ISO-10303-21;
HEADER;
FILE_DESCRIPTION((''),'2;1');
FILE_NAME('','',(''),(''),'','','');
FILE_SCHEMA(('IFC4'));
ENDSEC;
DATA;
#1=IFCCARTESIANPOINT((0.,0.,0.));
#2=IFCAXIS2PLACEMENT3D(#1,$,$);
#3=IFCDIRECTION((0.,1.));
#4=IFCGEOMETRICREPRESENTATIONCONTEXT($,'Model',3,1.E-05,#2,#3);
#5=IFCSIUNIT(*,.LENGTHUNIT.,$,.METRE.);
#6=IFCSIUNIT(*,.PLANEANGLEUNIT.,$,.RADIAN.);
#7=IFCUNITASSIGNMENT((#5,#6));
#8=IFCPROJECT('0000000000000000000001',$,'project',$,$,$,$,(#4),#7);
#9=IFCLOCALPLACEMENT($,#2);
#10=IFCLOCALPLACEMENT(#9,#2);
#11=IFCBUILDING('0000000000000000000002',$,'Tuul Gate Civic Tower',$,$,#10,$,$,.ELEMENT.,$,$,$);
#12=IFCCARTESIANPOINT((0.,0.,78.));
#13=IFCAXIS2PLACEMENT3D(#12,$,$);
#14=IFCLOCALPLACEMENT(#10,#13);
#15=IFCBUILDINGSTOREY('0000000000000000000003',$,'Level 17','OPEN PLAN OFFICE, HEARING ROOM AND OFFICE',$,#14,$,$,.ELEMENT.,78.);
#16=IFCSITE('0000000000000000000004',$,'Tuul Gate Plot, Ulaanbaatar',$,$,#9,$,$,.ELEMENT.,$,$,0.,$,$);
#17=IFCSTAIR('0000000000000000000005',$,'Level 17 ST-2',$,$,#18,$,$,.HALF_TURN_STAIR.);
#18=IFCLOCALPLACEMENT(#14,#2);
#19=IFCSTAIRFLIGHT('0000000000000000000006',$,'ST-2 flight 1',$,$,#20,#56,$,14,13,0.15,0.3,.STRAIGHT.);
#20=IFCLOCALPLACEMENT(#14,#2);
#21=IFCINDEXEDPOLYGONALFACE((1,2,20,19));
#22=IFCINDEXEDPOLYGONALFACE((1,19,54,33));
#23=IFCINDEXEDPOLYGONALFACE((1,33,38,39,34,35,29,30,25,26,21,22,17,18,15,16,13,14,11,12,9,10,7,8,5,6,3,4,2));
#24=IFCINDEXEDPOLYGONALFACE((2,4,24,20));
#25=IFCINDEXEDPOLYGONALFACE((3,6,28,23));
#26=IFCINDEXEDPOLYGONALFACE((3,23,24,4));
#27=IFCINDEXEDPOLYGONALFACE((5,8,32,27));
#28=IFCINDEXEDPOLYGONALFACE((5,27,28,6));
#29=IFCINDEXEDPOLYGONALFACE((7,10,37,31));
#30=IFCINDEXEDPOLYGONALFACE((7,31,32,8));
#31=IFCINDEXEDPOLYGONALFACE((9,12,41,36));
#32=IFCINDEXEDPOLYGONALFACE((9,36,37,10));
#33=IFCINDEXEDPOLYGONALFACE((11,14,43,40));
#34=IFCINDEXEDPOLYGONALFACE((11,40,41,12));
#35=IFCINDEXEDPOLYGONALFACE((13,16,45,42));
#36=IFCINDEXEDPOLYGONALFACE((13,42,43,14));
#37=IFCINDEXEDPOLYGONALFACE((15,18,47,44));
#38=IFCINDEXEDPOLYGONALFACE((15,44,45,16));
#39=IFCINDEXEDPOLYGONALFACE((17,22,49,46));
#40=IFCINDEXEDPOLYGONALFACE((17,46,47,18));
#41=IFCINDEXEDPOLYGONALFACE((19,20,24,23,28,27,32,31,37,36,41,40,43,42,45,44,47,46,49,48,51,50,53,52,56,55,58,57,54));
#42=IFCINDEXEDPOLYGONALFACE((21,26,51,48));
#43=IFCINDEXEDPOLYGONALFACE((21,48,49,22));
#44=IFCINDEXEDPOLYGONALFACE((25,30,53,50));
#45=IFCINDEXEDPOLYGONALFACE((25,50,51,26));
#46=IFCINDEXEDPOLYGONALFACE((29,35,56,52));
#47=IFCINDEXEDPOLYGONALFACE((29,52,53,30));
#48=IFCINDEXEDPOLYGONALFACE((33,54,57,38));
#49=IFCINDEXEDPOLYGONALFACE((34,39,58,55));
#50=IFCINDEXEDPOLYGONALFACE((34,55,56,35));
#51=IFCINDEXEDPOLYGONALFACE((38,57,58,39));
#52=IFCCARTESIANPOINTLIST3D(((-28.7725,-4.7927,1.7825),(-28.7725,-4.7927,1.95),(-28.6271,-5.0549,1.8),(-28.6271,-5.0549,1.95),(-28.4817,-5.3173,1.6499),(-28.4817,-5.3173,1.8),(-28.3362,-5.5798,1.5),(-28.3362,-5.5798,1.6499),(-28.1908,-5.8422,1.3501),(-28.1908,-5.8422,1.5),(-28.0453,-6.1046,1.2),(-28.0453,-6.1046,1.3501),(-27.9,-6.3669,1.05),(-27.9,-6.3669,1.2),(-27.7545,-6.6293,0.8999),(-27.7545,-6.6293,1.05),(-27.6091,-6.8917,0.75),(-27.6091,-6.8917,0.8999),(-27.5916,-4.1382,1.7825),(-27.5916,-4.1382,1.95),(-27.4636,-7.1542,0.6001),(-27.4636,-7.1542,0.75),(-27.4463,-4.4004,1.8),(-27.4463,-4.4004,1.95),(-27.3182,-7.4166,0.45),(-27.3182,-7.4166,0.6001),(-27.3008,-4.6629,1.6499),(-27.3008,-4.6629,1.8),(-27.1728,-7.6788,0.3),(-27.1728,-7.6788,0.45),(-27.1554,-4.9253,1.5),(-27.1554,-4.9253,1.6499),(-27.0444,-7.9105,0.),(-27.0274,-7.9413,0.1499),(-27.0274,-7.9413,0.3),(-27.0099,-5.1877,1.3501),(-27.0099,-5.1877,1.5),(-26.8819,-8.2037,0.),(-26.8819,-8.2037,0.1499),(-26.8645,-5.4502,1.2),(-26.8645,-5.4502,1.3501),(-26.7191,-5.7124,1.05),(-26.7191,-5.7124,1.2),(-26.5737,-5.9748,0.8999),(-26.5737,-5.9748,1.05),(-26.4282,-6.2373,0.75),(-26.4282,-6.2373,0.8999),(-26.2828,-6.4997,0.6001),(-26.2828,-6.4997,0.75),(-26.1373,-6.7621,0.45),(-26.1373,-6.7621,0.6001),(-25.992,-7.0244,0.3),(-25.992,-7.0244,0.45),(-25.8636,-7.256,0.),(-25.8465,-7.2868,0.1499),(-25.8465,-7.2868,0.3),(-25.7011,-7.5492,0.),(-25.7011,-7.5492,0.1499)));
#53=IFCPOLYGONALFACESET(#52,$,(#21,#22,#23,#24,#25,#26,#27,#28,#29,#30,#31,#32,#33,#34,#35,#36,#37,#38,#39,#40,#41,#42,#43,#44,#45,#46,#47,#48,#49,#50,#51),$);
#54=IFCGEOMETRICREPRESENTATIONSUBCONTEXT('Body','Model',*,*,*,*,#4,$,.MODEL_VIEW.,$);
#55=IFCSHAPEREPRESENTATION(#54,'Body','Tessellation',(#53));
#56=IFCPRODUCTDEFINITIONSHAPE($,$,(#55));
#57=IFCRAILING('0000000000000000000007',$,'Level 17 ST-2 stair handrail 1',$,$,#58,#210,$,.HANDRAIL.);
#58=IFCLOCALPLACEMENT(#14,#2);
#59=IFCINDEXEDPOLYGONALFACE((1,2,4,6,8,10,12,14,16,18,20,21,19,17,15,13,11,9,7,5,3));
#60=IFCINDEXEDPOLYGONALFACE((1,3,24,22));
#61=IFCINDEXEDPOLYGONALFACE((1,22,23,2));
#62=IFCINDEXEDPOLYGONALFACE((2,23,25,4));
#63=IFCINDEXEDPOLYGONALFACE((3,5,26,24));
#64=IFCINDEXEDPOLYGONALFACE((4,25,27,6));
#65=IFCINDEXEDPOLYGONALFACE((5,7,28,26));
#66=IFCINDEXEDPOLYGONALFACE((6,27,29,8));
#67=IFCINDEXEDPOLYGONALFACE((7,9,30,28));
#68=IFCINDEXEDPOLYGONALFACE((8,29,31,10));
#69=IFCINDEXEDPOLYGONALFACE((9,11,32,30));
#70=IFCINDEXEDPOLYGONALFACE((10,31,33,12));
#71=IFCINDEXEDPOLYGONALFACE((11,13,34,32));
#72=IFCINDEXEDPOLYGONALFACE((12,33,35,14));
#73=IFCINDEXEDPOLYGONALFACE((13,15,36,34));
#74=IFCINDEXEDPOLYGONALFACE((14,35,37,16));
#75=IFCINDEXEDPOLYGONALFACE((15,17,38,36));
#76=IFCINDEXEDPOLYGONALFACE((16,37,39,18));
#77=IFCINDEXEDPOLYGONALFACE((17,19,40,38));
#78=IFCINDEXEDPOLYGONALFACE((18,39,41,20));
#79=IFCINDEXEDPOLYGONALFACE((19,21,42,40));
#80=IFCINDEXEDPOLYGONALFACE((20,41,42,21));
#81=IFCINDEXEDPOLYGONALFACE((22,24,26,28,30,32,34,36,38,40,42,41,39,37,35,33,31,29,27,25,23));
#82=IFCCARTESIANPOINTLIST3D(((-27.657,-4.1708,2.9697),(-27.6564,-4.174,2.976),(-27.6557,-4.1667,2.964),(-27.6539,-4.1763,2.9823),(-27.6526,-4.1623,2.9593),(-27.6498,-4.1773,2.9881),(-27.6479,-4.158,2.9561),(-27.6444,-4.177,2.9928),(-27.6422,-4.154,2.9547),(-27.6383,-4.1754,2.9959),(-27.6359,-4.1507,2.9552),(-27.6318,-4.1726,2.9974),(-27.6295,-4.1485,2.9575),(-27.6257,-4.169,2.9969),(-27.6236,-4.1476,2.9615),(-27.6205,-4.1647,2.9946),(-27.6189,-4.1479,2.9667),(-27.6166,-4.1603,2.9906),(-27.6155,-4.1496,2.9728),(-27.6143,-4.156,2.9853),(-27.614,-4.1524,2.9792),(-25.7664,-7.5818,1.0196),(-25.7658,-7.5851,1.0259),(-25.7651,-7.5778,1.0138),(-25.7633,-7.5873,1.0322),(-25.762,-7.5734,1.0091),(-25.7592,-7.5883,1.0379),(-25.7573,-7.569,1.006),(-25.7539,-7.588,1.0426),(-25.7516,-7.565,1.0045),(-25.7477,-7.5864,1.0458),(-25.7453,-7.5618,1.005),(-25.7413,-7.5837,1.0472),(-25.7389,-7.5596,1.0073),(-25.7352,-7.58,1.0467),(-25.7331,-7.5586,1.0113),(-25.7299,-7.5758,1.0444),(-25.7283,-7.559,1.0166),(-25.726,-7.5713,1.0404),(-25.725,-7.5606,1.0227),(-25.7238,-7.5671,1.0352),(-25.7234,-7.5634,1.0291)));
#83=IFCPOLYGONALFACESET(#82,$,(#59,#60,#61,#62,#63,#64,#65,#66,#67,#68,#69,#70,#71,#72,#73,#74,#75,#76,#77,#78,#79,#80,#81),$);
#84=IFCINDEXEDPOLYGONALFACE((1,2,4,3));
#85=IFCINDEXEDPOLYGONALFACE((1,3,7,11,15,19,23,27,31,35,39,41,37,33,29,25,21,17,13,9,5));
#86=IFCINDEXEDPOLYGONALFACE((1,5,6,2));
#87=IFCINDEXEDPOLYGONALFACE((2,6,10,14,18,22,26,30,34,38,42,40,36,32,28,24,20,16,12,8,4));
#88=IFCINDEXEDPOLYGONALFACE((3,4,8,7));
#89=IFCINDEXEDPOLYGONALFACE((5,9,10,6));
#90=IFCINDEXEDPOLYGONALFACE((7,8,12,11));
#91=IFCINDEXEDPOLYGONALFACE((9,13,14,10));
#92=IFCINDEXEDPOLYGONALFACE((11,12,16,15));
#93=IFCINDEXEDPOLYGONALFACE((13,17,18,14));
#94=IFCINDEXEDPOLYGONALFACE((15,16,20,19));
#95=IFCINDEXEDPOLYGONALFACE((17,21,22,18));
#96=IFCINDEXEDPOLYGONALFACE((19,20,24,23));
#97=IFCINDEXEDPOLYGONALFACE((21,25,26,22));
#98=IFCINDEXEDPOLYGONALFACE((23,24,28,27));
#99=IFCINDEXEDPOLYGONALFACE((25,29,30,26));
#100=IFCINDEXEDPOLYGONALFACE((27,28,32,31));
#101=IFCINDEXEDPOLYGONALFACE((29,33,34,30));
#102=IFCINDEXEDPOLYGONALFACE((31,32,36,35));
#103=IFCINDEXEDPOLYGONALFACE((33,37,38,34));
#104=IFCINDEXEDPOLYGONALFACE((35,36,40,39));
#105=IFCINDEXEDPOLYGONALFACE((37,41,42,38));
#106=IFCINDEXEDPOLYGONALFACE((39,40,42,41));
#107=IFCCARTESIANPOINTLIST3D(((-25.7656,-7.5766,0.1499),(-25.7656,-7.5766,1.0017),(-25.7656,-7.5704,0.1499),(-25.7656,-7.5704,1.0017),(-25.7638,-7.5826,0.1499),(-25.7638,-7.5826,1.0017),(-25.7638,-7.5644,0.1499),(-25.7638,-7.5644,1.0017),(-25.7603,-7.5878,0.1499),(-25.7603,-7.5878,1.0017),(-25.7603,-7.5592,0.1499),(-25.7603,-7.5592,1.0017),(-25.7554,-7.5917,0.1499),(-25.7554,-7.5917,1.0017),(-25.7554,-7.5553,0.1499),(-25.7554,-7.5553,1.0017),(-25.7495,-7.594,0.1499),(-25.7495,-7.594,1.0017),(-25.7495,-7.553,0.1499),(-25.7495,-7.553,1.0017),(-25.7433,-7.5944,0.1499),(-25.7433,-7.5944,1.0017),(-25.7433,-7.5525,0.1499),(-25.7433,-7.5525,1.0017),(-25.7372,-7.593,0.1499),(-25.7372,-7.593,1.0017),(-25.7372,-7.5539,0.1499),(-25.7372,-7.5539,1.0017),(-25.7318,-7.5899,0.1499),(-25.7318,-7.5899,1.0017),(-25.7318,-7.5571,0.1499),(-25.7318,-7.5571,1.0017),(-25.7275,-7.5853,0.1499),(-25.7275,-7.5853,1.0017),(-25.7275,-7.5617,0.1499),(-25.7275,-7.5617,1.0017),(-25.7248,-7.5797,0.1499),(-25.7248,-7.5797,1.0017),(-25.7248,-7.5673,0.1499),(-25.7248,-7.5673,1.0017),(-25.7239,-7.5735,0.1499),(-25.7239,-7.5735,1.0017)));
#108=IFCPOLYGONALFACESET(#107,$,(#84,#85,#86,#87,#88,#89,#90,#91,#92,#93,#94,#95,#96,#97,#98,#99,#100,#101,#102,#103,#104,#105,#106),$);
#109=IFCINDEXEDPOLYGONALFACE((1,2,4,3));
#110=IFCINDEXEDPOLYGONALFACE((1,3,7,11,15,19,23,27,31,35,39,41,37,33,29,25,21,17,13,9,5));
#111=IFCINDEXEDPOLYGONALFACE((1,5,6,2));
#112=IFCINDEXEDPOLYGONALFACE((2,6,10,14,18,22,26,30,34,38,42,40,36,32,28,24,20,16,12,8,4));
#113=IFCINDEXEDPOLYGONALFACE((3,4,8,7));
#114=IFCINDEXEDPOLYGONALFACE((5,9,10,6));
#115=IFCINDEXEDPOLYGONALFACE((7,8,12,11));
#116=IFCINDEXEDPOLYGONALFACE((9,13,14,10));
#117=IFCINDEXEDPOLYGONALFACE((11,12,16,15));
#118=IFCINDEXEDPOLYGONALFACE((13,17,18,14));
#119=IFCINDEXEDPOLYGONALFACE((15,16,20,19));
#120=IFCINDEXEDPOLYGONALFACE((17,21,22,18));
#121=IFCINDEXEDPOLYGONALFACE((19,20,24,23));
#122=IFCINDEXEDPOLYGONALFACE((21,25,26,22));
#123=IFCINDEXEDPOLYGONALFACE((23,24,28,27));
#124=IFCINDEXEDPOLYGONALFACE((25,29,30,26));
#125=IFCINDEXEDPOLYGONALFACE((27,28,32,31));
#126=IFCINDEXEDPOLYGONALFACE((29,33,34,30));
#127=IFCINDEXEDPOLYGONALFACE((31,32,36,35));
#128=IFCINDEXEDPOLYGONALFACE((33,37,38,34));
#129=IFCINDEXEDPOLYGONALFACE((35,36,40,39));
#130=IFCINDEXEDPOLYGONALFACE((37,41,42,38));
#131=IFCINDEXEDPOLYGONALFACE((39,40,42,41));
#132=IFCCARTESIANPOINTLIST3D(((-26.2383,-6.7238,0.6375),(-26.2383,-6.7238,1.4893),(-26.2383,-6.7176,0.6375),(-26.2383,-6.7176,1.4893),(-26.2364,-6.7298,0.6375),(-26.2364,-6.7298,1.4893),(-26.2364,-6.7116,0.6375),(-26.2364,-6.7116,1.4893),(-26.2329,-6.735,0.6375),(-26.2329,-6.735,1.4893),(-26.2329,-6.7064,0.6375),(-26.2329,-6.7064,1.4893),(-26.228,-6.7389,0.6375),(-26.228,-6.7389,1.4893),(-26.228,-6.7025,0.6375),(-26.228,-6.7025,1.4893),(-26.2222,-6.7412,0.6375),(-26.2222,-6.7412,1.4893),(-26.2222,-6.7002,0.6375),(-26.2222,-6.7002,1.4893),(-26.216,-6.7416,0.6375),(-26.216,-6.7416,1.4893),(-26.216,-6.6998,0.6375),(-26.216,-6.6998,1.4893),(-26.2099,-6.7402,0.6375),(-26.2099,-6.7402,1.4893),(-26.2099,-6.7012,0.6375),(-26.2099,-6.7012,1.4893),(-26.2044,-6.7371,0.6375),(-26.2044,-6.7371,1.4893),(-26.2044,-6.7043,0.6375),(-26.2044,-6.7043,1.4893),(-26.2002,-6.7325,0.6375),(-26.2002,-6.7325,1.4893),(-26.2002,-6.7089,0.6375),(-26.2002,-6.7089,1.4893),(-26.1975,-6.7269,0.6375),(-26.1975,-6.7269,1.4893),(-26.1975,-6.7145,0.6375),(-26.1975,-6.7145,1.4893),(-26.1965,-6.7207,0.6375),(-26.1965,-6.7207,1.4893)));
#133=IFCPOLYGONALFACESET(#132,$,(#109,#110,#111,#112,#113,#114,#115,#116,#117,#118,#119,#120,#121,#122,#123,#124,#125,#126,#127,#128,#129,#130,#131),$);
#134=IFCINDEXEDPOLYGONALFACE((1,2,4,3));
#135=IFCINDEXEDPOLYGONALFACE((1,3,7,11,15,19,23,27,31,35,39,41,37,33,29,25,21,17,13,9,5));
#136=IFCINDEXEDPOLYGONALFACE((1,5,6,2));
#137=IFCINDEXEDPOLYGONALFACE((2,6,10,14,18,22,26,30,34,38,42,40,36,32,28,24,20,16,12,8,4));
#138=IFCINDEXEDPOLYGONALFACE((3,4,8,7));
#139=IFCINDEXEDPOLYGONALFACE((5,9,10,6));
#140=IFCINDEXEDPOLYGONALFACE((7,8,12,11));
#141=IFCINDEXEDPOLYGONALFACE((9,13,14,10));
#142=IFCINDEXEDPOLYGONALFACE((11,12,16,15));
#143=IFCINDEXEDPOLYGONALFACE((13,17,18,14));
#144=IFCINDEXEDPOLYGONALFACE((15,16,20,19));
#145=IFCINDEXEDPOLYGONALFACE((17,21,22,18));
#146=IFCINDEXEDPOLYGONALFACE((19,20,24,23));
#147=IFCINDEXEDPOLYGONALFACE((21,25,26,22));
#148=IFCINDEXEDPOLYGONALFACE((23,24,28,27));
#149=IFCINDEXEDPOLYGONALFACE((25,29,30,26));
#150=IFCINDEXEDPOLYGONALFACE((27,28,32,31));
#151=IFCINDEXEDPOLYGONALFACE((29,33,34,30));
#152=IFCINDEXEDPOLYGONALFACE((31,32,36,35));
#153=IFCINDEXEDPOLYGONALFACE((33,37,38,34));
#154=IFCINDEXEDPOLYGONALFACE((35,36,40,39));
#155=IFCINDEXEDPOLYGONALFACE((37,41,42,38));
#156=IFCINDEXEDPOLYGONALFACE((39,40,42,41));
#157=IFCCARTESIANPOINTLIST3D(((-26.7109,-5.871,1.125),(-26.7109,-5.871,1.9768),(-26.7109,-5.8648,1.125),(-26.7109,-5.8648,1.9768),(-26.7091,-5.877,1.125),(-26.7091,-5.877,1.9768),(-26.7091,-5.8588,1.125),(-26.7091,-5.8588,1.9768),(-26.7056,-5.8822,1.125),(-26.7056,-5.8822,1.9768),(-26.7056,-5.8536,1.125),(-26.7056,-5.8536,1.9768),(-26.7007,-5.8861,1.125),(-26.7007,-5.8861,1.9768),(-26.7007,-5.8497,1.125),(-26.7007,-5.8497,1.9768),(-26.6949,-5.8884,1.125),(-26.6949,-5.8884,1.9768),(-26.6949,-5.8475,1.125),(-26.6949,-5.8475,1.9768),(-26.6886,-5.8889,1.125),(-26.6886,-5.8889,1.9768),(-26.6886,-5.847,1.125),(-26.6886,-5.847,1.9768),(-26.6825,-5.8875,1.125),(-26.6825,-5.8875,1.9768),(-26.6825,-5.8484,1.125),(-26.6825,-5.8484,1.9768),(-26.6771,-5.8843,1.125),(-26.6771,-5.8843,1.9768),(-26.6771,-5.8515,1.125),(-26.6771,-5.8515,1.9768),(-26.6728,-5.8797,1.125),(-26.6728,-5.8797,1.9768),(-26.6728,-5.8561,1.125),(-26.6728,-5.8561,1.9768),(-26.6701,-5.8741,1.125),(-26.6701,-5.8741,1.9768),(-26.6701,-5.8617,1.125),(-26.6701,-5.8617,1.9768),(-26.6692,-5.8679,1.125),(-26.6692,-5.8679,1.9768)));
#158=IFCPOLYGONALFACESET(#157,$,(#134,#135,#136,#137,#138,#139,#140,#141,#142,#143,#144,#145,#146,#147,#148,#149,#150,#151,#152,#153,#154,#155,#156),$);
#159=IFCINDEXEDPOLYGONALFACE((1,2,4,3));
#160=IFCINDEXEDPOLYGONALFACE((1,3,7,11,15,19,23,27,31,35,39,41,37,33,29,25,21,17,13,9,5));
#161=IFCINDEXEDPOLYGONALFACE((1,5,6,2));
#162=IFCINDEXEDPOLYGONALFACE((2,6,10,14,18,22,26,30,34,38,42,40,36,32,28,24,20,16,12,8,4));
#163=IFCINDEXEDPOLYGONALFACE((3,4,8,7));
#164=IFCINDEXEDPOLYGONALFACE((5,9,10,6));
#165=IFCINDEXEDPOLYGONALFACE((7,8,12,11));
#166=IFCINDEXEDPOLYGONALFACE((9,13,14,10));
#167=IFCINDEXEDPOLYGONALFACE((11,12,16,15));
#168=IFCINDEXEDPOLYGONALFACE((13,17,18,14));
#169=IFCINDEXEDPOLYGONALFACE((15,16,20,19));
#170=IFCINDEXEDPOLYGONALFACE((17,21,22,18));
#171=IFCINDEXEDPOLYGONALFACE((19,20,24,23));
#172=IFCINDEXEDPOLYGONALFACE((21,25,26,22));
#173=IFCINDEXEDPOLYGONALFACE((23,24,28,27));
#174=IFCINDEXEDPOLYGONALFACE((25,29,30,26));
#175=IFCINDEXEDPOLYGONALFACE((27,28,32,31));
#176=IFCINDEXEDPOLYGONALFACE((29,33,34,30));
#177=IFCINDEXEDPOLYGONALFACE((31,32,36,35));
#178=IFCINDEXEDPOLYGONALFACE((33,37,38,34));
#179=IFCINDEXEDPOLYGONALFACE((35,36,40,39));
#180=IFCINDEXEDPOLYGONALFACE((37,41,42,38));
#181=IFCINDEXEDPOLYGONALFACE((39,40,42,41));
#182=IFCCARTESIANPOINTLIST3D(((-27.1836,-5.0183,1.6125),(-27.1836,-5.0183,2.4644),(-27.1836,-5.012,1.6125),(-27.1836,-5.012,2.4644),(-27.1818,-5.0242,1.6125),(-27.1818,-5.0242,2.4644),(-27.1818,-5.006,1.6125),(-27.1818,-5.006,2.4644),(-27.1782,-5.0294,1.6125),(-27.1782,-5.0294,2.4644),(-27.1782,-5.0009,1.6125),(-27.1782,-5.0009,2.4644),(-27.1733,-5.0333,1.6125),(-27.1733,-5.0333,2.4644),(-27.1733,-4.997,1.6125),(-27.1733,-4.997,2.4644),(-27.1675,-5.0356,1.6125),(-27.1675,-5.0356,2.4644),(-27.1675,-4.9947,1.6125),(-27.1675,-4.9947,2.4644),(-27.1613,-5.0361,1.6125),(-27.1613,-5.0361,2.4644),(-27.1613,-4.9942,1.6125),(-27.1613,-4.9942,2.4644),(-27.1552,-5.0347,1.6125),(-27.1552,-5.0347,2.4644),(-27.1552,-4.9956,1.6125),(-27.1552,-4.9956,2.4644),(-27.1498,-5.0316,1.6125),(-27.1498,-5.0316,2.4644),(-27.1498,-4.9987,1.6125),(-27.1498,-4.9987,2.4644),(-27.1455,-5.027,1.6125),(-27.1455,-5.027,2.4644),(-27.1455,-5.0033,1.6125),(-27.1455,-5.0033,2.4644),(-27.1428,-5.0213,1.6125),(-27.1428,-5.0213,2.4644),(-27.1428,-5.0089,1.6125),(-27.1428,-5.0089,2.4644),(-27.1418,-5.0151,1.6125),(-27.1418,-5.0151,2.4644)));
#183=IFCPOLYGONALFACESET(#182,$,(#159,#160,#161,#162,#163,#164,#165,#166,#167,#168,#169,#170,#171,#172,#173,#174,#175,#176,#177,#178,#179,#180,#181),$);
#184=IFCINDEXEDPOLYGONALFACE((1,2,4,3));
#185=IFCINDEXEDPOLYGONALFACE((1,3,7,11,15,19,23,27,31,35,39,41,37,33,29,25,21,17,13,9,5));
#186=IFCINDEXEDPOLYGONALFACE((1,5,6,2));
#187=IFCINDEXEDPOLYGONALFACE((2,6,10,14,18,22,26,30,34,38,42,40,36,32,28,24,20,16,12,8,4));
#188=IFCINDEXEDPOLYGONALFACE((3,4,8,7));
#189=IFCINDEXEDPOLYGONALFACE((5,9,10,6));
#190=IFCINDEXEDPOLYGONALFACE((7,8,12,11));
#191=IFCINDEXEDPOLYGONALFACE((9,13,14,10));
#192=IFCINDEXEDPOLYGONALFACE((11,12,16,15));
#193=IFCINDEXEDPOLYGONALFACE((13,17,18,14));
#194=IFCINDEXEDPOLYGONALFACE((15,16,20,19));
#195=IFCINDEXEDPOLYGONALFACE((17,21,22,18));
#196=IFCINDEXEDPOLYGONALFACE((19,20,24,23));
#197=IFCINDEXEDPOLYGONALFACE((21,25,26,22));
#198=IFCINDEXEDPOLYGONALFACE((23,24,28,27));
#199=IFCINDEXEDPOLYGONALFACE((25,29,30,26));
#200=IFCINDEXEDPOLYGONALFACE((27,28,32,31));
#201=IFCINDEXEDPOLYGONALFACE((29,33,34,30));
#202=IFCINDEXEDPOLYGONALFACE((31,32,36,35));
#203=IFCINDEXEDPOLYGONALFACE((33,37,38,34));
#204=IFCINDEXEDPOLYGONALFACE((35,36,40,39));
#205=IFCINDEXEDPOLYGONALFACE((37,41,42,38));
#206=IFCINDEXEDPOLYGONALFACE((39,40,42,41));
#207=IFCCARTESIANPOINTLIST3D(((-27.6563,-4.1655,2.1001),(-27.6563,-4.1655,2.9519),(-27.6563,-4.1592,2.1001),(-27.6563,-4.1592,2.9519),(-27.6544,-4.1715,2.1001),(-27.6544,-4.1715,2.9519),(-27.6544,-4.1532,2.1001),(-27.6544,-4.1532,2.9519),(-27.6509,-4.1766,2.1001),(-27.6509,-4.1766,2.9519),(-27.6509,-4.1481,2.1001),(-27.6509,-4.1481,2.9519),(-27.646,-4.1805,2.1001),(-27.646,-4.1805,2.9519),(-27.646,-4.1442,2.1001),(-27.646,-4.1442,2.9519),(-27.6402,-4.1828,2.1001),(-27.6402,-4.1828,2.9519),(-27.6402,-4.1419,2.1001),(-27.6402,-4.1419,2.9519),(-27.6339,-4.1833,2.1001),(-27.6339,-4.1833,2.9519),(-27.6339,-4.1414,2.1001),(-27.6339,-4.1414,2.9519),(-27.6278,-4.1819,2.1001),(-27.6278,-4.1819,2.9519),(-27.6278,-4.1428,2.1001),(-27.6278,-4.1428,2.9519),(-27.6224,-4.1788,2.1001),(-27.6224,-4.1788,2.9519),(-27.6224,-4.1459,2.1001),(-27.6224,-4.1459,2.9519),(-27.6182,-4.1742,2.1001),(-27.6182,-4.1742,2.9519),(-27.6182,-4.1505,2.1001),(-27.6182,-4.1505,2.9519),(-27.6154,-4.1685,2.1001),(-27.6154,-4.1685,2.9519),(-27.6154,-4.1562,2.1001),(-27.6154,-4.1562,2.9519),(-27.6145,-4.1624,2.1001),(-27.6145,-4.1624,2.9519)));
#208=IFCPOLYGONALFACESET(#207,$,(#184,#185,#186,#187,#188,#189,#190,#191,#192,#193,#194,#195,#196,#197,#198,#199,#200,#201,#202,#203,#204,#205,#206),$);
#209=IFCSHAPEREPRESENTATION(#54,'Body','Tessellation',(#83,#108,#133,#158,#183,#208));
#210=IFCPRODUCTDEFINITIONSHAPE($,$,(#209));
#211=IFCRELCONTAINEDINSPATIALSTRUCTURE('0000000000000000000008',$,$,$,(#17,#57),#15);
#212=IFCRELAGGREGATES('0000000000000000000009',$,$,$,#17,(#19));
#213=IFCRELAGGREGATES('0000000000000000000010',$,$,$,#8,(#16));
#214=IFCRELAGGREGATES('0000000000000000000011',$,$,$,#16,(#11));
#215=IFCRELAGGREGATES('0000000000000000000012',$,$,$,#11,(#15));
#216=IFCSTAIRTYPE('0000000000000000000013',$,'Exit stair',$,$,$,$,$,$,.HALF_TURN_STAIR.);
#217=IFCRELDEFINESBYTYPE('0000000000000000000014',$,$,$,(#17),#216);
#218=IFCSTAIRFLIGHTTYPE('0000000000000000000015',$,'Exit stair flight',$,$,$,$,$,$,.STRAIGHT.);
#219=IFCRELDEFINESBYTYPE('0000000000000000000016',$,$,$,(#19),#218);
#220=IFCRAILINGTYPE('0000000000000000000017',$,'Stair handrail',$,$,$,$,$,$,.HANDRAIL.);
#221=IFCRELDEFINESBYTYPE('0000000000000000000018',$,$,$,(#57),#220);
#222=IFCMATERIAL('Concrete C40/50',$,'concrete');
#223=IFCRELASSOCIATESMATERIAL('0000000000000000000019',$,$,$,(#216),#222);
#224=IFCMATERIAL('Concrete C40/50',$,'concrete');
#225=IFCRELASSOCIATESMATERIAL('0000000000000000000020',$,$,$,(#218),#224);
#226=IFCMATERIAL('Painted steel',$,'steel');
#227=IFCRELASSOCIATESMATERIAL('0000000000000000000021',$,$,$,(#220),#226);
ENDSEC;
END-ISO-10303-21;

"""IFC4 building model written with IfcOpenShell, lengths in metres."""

from ifc_helpers import new_model, si_unit, direction, frame, origin, origin_2d, place, context, subcontext, project, spatial, polyline, circle, outline, extrude, material, type_object, element, aggregate, save


model = new_model("IFC4")

# Units and contexts
model_context = context("Model", 3, precision=1e-05, world=origin(), true_north=direction((0.0, 1.0)))
body_context = subcontext(model_context, "Body", "Model", "MODEL_VIEW")
ifc_project = project(units=[si_unit("LENGTHUNIT", "METRE"), si_unit("PLANEANGLEUNIT", "RADIAN")], contexts=[model_context])

# Site, building, storey
site_placement = place(None, origin())
site = spatial("IfcSite", under=ifc_project, at=site_placement, Name="Tuul Gate Plot, Ulaanbaatar", CompositionType="ELEMENT", RefElevation=0.0)
building_placement = place(site_placement, origin())
building = spatial("IfcBuilding", under=site, at=building_placement, Name="Tuul Gate Civic Tower", CompositionType="ELEMENT")
storey_placement = place(building_placement, frame((0.0, 0.0, 78.0)))
storey = spatial("IfcBuildingStorey", under=building, at=storey_placement, Name="Level 17", Description="OPEN PLAN OFFICE, HEARING ROOM AND OFFICE", CompositionType="ELEMENT", Elevation=78.0)

# Stair, stair flight
ifc_material_1 = material(Name="Concrete C40/50", Category="concrete")
stair_type = type_object("IfcStairType", Name="Exit stair", PredefinedType="HALF_TURN_STAIR", material=ifc_material_1)
stair_placement = place(storey_placement, origin())
stair = element("IfcStair", 1, at=stair_placement, inside=storey, type_object=stair_type, Name="Level 17 ST-2", PredefinedType="HALF_TURN_STAIR")
ifc_material_2 = material(Name="Concrete C40/50", Category="concrete")
stair_flight_type = type_object("IfcStairFlightType", Name="Exit stair flight", PredefinedType="STRAIGHT", material=ifc_material_2)
stair_flight_placement = place(storey_placement, frame((-26.2915, -7.8765, 0.0), z_axis=(0.0, 0.0, 1.0), x_axis=(-0.484762, 0.874646, 0.0)))
stair_flight = element("IfcStairFlight", 2, at=stair_flight_placement, type_object=stair_flight_type, Name="ST-2 flight 1", NumberOfRisers=14, NumberOfTreads=13, PredefinedType="STRAIGHT", RiserHeight=0.15, TreadLength=0.3, context=body_context, shape_type="SweptSolid", body=[
    extrude(outline(polyline([(0.0, 0.0), (0.0, 0.1499), (0.3, 0.1499), (0.3, 0.3), (0.6001, 0.3), (0.6001, 0.45), (0.8999, 0.45), (0.8999, 0.6001), (1.2, 0.6001), (1.2, 0.75), (1.5, 0.75), (1.5, 0.8999), (1.8, 0.8999), (1.8, 1.05), (2.1001, 1.05), (2.1001, 1.2), (2.3999, 1.2), (2.3999, 1.3501), (2.7, 1.3501), (2.7, 1.5), (3.0, 1.5), (3.0, 1.6499), (3.3, 1.6499), (3.3, 1.8), (3.6001, 1.8), (3.6001, 1.95), (3.8999, 1.95), (3.8999, 2.1001), (3.8999, 1.7825), (0.3352, 0.0), (0.0, 0.0)])), frame((0.0, 0.675, 0.0), z_axis=(0.0, -1.0, 0.0), x_axis=(1.0, 0.0, 0.0)), (0.0, 0.0, 1.0), 1.3501),
])
aggregate(stair, [stair_flight])

# Railing
ifc_material_3 = material(Name="Painted steel", Category="steel")
railing_type_1 = type_object("IfcRailingType", Name="Stair handrail", PredefinedType="HANDRAIL", material=ifc_material_3)
railing_1_placement = place(storey_placement, frame((-25.7449, -7.5735, 0.1499)))
element("IfcRailing", 3, at=railing_1_placement, inside=storey, type_object=railing_type_1, Name="Level 17 ST-2 stair handrail 1", PredefinedType="HANDRAIL", context=body_context, shape_type="SweptSolid", body=[
    extrude(circle(Radius=0.0239, at=origin_2d()), frame((0.0, 0.0, 0.876), z_axis=(-0.433585, 0.782289, 0.447246), x_axis=(-0.874641, -0.484771, 0.0)), (0.0, 0.0, 1.0), 4.3604),
    extrude(circle(Radius=0.021, at=origin_2d()), origin(), (0.0, 0.0, 1.0), 0.8518),
    extrude(circle(Radius=0.021, at=origin_2d()), frame((-0.4727, 0.8528, 0.4875)), (0.0, 0.0, 1.0), 0.8518),
    extrude(circle(Radius=0.021, at=origin_2d()), frame((-0.9453, 1.7056, 0.9751)), (0.0, 0.0, 1.0), 0.8518),
    extrude(circle(Radius=0.021, at=origin_2d()), frame((-1.418, 2.5583, 1.4626)), (0.0, 0.0, 1.0), 0.8518),
    extrude(circle(Radius=0.021, at=origin_2d()), frame((-1.8906, 3.4111, 1.9502)), (0.0, 0.0, 1.0), 0.8518),
])

save(model, "model.ifc")
